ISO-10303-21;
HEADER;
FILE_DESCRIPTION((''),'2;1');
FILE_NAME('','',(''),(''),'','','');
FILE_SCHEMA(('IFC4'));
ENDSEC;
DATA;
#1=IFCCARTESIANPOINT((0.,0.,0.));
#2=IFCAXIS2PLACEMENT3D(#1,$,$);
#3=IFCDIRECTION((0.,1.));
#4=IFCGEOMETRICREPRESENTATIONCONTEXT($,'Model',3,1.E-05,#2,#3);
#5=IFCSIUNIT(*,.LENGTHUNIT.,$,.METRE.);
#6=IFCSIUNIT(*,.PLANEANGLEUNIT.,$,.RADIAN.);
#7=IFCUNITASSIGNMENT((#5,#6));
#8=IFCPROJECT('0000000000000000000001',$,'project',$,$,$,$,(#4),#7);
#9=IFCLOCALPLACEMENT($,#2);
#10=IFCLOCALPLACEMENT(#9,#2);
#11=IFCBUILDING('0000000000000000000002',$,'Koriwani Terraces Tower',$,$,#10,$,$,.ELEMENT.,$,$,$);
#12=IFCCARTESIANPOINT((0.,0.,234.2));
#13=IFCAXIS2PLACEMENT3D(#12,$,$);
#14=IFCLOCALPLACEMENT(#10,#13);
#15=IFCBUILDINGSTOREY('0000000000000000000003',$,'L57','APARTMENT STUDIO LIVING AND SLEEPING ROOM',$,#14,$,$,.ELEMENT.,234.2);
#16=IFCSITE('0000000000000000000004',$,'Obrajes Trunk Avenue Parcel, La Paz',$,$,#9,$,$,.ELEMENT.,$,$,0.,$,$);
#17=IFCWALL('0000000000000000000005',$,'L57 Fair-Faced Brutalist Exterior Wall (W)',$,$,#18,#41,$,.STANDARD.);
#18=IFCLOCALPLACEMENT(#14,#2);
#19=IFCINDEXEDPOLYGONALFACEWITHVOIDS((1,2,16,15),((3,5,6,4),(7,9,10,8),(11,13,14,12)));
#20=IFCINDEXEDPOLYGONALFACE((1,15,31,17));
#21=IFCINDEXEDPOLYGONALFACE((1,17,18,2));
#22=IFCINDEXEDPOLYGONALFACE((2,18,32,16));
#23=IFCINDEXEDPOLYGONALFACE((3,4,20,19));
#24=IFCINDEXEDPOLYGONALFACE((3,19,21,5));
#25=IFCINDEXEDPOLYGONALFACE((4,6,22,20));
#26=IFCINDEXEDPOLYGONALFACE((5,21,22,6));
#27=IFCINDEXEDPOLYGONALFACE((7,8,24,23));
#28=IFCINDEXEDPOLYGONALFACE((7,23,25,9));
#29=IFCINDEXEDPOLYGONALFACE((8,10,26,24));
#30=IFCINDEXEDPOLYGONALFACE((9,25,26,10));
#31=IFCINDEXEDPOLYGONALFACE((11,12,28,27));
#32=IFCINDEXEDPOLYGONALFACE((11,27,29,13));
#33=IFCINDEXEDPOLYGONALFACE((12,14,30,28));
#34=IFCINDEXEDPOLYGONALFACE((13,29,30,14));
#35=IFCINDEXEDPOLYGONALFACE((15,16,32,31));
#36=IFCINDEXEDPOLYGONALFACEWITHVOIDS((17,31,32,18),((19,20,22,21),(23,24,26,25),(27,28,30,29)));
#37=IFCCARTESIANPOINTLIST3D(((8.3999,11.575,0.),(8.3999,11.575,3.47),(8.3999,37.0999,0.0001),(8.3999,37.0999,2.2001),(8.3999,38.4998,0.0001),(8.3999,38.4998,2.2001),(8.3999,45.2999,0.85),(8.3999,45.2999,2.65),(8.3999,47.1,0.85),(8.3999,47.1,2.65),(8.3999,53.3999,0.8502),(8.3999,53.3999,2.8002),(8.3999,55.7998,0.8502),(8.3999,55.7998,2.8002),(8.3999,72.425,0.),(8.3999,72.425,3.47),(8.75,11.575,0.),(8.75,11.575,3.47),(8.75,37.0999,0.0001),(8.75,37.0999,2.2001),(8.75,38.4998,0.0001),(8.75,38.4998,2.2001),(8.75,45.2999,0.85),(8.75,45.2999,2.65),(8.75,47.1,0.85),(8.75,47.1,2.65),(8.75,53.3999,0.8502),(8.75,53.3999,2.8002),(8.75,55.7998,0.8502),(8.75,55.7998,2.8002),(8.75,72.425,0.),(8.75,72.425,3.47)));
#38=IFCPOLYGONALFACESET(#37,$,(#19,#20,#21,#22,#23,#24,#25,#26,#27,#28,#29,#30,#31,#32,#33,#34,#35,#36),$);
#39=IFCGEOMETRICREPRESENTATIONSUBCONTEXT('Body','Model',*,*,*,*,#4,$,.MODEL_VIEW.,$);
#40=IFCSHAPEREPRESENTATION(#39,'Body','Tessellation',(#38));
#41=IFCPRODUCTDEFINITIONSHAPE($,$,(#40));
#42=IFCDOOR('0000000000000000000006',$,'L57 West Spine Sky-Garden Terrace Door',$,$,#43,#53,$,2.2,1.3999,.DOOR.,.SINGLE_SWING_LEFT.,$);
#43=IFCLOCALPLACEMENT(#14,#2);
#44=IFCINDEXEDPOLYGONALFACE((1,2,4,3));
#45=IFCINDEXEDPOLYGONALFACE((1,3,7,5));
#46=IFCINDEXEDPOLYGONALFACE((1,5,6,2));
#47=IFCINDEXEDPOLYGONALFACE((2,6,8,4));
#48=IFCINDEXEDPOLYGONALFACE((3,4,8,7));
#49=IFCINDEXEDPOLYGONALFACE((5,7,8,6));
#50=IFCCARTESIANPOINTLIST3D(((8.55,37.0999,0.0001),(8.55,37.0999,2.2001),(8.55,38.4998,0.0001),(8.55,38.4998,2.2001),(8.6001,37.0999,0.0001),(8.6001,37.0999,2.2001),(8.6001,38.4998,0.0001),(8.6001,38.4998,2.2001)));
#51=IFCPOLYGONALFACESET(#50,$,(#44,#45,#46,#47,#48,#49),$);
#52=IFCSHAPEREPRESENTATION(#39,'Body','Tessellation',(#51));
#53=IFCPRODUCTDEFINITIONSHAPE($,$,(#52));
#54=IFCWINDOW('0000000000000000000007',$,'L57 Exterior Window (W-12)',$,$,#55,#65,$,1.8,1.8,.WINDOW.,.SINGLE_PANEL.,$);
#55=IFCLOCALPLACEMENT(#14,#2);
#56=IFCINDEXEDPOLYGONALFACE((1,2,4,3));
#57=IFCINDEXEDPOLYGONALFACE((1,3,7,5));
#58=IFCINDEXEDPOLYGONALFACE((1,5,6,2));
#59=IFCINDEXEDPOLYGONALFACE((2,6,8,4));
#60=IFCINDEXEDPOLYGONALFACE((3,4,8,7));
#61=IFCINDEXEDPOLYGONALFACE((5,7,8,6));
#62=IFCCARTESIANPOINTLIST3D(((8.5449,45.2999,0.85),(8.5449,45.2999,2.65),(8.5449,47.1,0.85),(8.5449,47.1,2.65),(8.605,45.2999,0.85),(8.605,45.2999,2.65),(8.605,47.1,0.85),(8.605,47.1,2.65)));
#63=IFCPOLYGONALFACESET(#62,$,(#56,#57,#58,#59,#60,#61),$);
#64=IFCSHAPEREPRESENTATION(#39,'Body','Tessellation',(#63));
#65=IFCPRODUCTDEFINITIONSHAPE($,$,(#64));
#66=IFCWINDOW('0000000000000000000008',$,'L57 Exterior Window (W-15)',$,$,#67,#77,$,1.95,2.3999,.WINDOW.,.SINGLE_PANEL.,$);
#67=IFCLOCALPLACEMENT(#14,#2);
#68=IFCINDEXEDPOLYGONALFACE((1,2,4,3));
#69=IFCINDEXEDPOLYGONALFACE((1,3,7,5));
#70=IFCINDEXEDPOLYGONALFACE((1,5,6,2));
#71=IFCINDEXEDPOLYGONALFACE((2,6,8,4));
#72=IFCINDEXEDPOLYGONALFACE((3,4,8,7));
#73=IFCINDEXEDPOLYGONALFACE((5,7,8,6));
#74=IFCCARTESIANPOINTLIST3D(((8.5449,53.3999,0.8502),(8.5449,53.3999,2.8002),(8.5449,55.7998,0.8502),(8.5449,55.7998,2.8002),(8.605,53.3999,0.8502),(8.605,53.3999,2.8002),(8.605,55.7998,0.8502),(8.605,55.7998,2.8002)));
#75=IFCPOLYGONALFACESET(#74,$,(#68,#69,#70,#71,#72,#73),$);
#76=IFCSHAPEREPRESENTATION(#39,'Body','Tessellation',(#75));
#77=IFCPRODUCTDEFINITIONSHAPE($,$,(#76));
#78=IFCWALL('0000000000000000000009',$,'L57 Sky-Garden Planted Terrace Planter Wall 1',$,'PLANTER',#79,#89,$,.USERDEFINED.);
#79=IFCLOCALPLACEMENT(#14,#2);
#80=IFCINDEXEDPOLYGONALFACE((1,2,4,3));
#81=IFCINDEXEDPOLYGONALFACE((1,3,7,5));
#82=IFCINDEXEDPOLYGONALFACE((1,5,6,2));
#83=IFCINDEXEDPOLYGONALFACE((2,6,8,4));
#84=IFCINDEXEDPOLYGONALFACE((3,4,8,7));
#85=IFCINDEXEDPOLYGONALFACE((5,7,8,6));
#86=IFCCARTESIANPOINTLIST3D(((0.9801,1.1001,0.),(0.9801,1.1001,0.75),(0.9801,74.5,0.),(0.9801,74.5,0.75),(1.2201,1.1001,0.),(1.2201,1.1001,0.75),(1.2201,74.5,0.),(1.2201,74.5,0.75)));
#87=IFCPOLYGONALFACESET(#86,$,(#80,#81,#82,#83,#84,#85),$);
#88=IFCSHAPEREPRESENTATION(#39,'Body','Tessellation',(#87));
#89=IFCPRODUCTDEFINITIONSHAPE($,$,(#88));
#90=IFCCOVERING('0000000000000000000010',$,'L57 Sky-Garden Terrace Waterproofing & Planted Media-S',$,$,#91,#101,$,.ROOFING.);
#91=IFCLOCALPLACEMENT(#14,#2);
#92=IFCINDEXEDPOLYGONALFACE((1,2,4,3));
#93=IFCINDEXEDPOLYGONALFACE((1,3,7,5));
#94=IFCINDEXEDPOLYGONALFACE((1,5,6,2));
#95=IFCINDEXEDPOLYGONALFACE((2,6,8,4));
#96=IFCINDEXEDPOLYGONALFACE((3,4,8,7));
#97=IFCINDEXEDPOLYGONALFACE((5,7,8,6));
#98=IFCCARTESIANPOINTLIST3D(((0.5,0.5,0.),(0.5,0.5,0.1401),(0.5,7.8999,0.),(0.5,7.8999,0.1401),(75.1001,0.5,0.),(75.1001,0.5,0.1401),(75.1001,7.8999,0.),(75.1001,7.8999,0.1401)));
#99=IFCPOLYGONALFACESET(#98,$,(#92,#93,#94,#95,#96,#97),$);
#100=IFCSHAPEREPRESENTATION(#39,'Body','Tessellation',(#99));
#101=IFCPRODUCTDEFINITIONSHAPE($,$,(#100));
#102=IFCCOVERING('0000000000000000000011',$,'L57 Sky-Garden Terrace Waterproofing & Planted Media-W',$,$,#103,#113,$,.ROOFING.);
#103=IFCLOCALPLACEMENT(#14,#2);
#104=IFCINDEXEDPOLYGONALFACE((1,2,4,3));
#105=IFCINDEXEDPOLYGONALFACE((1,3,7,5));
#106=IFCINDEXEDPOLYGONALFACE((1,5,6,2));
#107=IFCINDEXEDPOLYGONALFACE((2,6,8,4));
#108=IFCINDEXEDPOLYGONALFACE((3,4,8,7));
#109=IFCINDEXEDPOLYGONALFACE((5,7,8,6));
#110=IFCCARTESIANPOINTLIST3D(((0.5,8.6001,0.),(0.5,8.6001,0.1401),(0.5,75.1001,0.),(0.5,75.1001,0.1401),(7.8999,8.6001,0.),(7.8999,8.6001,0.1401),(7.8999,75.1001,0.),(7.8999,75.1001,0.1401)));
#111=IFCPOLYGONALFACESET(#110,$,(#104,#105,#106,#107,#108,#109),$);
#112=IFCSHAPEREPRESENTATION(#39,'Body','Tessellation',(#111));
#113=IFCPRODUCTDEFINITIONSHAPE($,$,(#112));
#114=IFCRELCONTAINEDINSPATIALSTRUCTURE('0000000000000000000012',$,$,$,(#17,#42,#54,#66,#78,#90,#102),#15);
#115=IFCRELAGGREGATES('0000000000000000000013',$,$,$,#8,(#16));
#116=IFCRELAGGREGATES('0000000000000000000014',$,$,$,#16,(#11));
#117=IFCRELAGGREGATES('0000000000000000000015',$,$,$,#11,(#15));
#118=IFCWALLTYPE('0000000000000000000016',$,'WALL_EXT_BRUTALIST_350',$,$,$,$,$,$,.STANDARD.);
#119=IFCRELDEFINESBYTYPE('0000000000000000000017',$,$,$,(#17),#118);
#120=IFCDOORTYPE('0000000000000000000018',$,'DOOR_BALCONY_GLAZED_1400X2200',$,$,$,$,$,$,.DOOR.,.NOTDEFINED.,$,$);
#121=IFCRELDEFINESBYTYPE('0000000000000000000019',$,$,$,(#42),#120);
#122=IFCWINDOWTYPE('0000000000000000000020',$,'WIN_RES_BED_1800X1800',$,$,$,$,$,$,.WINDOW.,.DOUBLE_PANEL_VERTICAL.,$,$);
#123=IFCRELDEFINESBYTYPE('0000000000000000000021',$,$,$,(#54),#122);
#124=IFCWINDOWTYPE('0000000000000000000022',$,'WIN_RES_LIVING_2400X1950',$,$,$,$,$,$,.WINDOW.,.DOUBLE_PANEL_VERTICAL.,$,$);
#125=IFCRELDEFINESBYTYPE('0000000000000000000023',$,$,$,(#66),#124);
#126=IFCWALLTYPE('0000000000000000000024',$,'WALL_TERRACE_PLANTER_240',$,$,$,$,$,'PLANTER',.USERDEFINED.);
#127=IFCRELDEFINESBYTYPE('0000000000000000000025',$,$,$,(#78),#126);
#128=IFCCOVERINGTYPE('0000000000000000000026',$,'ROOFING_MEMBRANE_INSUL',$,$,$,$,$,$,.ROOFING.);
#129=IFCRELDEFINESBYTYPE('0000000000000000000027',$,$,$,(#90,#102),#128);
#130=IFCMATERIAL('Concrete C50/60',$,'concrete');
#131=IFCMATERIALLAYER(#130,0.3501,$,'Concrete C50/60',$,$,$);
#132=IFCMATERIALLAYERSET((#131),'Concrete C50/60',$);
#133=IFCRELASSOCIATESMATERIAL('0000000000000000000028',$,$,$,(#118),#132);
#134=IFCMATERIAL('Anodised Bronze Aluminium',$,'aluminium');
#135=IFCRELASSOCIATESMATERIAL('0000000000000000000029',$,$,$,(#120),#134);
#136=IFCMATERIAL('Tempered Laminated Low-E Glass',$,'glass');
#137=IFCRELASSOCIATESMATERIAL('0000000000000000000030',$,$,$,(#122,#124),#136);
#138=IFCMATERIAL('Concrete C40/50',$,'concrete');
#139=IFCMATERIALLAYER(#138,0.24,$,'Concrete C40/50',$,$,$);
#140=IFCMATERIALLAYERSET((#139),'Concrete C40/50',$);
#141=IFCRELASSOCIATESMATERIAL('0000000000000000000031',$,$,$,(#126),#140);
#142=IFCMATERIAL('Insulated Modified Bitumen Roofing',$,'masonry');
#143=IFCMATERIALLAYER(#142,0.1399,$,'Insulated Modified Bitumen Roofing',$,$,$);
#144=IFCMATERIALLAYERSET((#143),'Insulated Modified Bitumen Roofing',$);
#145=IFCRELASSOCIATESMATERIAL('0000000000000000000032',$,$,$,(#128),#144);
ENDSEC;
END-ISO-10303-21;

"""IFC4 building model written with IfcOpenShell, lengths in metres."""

from ifc_helpers import new_model, si_unit, direction, frame, frame_2d, origin, place, context, subcontext, project, spatial, polyline, rectangle, outline, extrude, material, layer, layer_set, type_object, element, fill, save


model = new_model("IFC4")

# Units and contexts
model_context = context("Model", 3, precision=1e-05, world=origin(), true_north=direction((0.0, 1.0)))
body_context = subcontext(model_context, "Body", "Model", "MODEL_VIEW")
ifc_project = project(units=[si_unit("LENGTHUNIT", "METRE"), si_unit("PLANEANGLEUNIT", "RADIAN")], contexts=[model_context])

# Site, building, storey
site_placement = place(None, origin())
site = spatial("IfcSite", under=ifc_project, at=site_placement, Name="Obrajes Trunk Avenue Parcel, La Paz", CompositionType="ELEMENT", RefElevation=0.0)
building_placement = place(site_placement, origin())
building = spatial("IfcBuilding", under=site, at=building_placement, Name="Koriwani Terraces Tower", CompositionType="ELEMENT")
storey_placement = place(building_placement, frame((0.0, 0.0, 234.2)))
storey = spatial("IfcBuildingStorey", under=building, at=storey_placement, Name="L57", Description="APARTMENT STUDIO LIVING AND SLEEPING ROOM", CompositionType="ELEMENT", Elevation=234.2)

# Shared definitions
ifc_material_1 = material(Name="Concrete C50/60", Category="concrete")

# Shared definitions
ifc_material_2 = material(Name="Concrete C40/50", Category="concrete")

# Wall, openings, door, windows
ifc_layer_1 = layer(ifc_material_1, 0.3501, Name="Concrete C50/60")
ifc_layer_set_1 = layer_set([ifc_layer_1], Name="Concrete C50/60")
wall_type_1 = type_object("IfcWallType", Name="WALL_EXT_BRUTALIST_350", PredefinedType="STANDARD", material=ifc_layer_set_1)
wall_1_placement = place(storey_placement, frame((8.575, 11.575, 0.0), z_axis=(0.0, 0.0, 1.0), x_axis=(0.0, 1.0, 0.0)))
wall_1 = element("IfcWall", 1, at=wall_1_placement, inside=storey, type_object=wall_type_1, Name="L57 Fair-Faced Brutalist Exterior Wall (W)", PredefinedType="STANDARD", context=body_context, shape_type="SweptSolid", body=[
    extrude(rectangle(XDim=60.8501, YDim=0.3501, at=frame_2d((30.425, 0.0))), origin(), (0.0, 0.0, 1.0), 3.47),
])
opening_1_placement = place(wall_1_placement, frame((25.5249, 0.0, 0.0)))
opening_1 = element("IfcOpeningElement", 2, at=opening_1_placement, cuts=wall_1, PredefinedType="OPENING", context=body_context, shape_type="SweptSolid", body=[
    extrude(rectangle(XDim=1.3999, YDim=2.2, at=frame_2d((0.7, 1.1001))), frame((0.0, 0.1851, 0.0), z_axis=(0.0, -1.0, 0.0), x_axis=(1.0, 0.0, 0.0)), (0.0, 0.0, 1.0), 0.3701),
])
opening_2_placement = place(wall_1_placement, frame((33.7251, 0.0, 0.8501)))
opening_2 = element("IfcOpeningElement", 3, at=opening_2_placement, cuts=wall_1, PredefinedType="OPENING", context=body_context, shape_type="SweptSolid", body=[
    extrude(rectangle(XDim=1.8, YDim=1.8, at=frame_2d((0.8999, 0.8999))), frame((0.0, 0.1851, 0.0), z_axis=(0.0, -1.0, 0.0), x_axis=(1.0, 0.0, 0.0)), (0.0, 0.0, 1.0), 0.3701),
])
opening_3_placement = place(wall_1_placement, frame((41.825, 0.0, 0.8501)))
opening_3 = element("IfcOpeningElement", 4, at=opening_3_placement, cuts=wall_1, PredefinedType="OPENING", context=body_context, shape_type="SweptSolid", body=[
    extrude(rectangle(XDim=2.3999, YDim=1.95, at=frame_2d((1.2, 0.9751))), frame((0.0, 0.1851, 0.0), z_axis=(0.0, -1.0, 0.0), x_axis=(1.0, 0.0, 0.0)), (0.0, 0.0, 1.0), 0.3701),
])
ifc_material_3 = material(Name="Anodised Bronze Aluminium", Category="aluminium")
door_type = type_object("IfcDoorType", Name="DOOR_BALCONY_GLAZED_1400X2200", OperationType="NOTDEFINED", PredefinedType="DOOR", material=ifc_material_3)
door_placement = place(opening_1_placement, origin())
door = element("IfcDoor", 5, at=door_placement, inside=storey, type_object=door_type, Name="L57 West Spine Sky-Garden Terrace Door", OperationType="SINGLE_SWING_LEFT", OverallHeight=2.2, OverallWidth=1.3999, PredefinedType="DOOR", context=body_context, shape_type="SweptSolid", body=[
    extrude(rectangle(XDim=1.3999, YDim=2.2, at=frame_2d((0.7, 1.1001))), frame((0.0, 0.0249, 0.0), z_axis=(0.0, -1.0, 0.0), x_axis=(1.0, 0.0, 0.0)), (0.0, 0.0, 1.0), 0.05),
])
fill(opening_1, door)
ifc_material_4 = material(Name="Tempered Laminated Low-E Glass", Category="glass")
window_type_1 = type_object("IfcWindowType", Name="WIN_RES_BED_1800X1800", PartitioningType="DOUBLE_PANEL_VERTICAL", PredefinedType="WINDOW", material=ifc_material_4)
window_1_placement = place(opening_2_placement, origin())
window_1 = element("IfcWindow", 6, at=window_1_placement, inside=storey, type_object=window_type_1, Name="L57 Exterior Window (W-12)", OverallHeight=1.8, OverallWidth=1.8, PartitioningType="SINGLE_PANEL", PredefinedType="WINDOW", context=body_context, shape_type="SweptSolid", body=[
    extrude(rectangle(XDim=1.8, YDim=1.8, at=frame_2d((0.8999, 0.8999))), frame((0.0, 0.03, 0.0), z_axis=(0.0, -1.0, 0.0), x_axis=(1.0, 0.0, 0.0)), (0.0, 0.0, 1.0), 0.0601),
])
fill(opening_2, window_1)
window_type_2 = type_object("IfcWindowType", Name="WIN_RES_LIVING_2400X1950", PartitioningType="DOUBLE_PANEL_VERTICAL", PredefinedType="WINDOW", material=ifc_material_4)
window_2_placement = place(opening_3_placement, origin())
window_2 = element("IfcWindow", 7, at=window_2_placement, inside=storey, type_object=window_type_2, Name="L57 Exterior Window (W-15)", OverallHeight=1.95, OverallWidth=2.3999, PartitioningType="SINGLE_PANEL", PredefinedType="WINDOW", context=body_context, shape_type="SweptSolid", body=[
    extrude(rectangle(XDim=2.3999, YDim=1.95, at=frame_2d((1.2, 0.9751))), frame((0.0, 0.03, 0.0), z_axis=(0.0, -1.0, 0.0), x_axis=(1.0, 0.0, 0.0)), (0.0, 0.0, 1.0), 0.0601),
])
fill(opening_3, window_2)

# Wall
ifc_layer_2 = layer(ifc_material_2, 0.24, Name="Concrete C40/50")
ifc_layer_set_2 = layer_set([ifc_layer_2], Name="Concrete C40/50")
wall_type_2 = type_object("IfcWallType", Name="WALL_TERRACE_PLANTER_240", ElementType="PLANTER", PredefinedType="USERDEFINED", material=ifc_layer_set_2)
wall_2_placement = place(storey_placement, frame((1.1001, 1.1001, 0.0), z_axis=(0.0, 0.0, 1.0), x_axis=(0.0, 1.0, 0.0)))
element("IfcWall", 8, at=wall_2_placement, inside=storey, type_object=wall_type_2, Name="L57 Sky-Garden Planted Terrace Planter Wall 1", ObjectType="PLANTER", PredefinedType="USERDEFINED", context=body_context, shape_type="SweptSolid", body=[
    extrude(rectangle(XDim=73.3999, YDim=0.24, at=frame_2d((36.7, 0.0))), origin(), (0.0, 0.0, 1.0), 0.75),
])

# Coverings
ifc_material_5 = material(Name="Insulated Modified Bitumen Roofing", Category="masonry")
ifc_layer_3 = layer(ifc_material_5, 0.1399, Name="Insulated Modified Bitumen Roofing")
ifc_layer_set_3 = layer_set([ifc_layer_3], Name="Insulated Modified Bitumen Roofing")
covering_type = type_object("IfcCoveringType", Name="ROOFING_MEMBRANE_INSUL", PredefinedType="ROOFING", material=ifc_layer_set_3)
covering_1_placement = place(storey_placement, origin())
element("IfcCovering", 9, at=covering_1_placement, inside=storey, type_object=covering_type, Name="L57 Sky-Garden Terrace Waterproofing & Planted Media-S", PredefinedType="ROOFING", context=body_context, shape_type="SweptSolid", body=[
    extrude(outline(polyline([(0.5, 0.5), (75.1001, 0.5), (75.1001, 7.8999), (0.5, 7.8999), (0.5, 0.5)])), origin(), (0.0, 0.0, 1.0), 0.1401),
])
covering_2_placement = place(storey_placement, origin())
element("IfcCovering", 10, at=covering_2_placement, inside=storey, type_object=covering_type, Name="L57 Sky-Garden Terrace Waterproofing & Planted Media-W", PredefinedType="ROOFING", context=body_context, shape_type="SweptSolid", body=[
    extrude(outline(polyline([(0.5, 8.6001), (7.8999, 8.6001), (7.8999, 75.1001), (0.5, 75.1001), (0.5, 8.6001)])), origin(), (0.0, 0.0, 1.0), 0.1401),
])

save(model, "model.ifc")
